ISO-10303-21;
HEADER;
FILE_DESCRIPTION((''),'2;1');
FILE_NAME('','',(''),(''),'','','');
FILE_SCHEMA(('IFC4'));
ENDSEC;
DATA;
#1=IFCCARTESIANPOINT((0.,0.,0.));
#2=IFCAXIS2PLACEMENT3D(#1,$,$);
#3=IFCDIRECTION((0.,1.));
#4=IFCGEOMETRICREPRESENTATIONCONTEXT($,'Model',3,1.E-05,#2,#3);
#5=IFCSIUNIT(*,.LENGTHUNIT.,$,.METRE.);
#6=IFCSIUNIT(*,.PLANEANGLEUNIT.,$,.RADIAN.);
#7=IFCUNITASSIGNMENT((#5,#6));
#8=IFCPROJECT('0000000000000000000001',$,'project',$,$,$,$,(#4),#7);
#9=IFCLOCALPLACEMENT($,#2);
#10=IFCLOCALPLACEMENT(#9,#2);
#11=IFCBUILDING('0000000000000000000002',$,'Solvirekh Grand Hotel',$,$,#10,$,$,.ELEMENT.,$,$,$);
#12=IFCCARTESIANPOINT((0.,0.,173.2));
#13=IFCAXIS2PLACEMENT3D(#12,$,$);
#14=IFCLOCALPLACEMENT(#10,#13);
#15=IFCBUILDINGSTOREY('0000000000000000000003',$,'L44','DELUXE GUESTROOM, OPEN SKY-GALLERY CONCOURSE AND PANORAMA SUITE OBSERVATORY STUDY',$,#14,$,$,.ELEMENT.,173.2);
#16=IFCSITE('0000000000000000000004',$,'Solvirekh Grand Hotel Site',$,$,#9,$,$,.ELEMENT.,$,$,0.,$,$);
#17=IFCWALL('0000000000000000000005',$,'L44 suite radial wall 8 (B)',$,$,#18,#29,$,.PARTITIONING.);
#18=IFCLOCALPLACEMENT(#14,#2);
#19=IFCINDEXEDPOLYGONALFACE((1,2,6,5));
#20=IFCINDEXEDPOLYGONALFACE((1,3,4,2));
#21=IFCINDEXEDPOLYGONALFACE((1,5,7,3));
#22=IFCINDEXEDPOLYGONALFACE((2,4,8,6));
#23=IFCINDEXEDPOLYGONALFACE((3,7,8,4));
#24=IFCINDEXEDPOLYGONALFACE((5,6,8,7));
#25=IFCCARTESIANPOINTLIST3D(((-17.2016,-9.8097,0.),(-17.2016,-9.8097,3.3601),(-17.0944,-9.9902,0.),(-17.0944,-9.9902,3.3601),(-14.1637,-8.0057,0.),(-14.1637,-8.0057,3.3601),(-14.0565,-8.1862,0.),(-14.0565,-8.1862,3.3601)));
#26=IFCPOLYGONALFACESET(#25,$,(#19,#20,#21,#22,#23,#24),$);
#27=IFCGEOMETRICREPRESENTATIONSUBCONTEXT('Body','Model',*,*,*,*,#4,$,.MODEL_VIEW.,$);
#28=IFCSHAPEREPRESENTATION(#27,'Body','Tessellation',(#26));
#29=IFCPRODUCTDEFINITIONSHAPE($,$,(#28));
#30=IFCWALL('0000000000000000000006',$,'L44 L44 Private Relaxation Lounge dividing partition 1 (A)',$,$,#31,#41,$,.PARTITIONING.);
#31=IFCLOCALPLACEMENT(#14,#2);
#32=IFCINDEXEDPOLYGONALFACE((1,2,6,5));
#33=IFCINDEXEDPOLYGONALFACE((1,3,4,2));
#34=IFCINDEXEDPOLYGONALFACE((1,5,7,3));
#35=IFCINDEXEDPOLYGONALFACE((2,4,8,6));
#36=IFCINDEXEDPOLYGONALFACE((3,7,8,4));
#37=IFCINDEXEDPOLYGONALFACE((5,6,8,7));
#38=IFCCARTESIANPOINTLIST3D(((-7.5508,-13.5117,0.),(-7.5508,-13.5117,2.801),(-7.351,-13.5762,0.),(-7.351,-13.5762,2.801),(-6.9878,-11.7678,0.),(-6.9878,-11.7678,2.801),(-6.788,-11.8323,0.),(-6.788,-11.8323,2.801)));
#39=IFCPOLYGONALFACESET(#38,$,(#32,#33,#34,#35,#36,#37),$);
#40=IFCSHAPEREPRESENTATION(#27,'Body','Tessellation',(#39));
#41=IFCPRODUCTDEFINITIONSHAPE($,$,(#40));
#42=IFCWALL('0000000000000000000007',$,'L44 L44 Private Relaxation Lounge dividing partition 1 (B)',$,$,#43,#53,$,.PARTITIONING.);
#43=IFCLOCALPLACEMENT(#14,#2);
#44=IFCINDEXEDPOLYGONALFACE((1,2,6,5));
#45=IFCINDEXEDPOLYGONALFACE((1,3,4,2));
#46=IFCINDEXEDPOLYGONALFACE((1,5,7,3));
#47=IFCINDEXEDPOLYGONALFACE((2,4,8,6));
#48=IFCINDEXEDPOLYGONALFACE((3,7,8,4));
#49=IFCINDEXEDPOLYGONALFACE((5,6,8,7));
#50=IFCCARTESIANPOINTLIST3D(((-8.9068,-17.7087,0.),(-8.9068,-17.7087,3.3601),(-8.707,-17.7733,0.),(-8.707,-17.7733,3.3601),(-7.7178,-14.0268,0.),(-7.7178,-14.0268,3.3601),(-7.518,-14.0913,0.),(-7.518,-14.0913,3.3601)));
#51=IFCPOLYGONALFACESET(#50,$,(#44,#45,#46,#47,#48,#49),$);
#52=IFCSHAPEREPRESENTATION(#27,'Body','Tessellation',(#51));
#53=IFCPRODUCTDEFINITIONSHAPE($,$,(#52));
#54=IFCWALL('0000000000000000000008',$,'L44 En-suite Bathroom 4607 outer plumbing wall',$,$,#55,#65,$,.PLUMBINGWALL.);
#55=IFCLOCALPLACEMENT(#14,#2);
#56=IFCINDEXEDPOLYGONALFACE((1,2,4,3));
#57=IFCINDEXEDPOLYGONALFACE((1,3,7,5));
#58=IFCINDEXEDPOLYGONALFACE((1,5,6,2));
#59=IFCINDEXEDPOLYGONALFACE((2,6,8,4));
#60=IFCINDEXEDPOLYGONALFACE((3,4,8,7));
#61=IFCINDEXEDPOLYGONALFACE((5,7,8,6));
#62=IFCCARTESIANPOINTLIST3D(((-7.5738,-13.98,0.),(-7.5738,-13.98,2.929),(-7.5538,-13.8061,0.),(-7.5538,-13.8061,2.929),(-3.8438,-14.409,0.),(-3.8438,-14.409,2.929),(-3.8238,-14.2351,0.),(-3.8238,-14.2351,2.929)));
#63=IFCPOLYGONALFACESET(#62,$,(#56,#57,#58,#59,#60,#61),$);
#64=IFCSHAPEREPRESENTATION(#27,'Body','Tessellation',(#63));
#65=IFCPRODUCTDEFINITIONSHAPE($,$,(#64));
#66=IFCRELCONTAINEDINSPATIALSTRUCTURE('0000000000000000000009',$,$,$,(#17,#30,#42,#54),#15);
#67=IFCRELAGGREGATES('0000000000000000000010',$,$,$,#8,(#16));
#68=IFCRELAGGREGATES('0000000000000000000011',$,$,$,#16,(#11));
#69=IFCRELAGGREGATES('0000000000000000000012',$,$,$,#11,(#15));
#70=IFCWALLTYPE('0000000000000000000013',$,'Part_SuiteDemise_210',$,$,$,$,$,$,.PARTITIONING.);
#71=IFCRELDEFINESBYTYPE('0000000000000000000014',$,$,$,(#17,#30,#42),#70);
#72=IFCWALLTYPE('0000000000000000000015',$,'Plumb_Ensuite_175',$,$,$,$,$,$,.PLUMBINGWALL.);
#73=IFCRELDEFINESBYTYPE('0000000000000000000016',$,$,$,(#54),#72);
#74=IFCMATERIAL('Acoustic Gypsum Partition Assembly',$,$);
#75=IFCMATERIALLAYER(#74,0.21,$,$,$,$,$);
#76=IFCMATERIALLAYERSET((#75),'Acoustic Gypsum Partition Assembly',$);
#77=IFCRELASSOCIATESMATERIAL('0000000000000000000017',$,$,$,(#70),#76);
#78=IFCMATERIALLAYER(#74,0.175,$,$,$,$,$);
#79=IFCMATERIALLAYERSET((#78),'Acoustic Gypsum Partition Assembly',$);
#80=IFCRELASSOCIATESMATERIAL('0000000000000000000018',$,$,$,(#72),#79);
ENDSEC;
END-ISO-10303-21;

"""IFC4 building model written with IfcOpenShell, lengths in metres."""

from ifc_helpers import new_model, si_unit, direction, frame, frame_2d, origin, place, context, subcontext, project, spatial, rectangle, extrude, material, layer, layer_set, type_object, element, save


model = new_model("IFC4")

# Units and contexts
model_context = context("Model", 3, precision=1e-05, world=origin(), true_north=direction((0.0, 1.0)))
body_context = subcontext(model_context, "Body", "Model", "MODEL_VIEW")
ifc_project = project(units=[si_unit("LENGTHUNIT", "METRE"), si_unit("PLANEANGLEUNIT", "RADIAN")], contexts=[model_context])

# Site, building, storey
site_placement = place(None, origin())
site = spatial("IfcSite", under=ifc_project, at=site_placement, Name="Solvirekh Grand Hotel Site", CompositionType="ELEMENT", RefElevation=0.0)
building_placement = place(site_placement, origin())
building = spatial("IfcBuilding", under=site, at=building_placement, Name="Solvirekh Grand Hotel", CompositionType="ELEMENT")
storey_placement = place(building_placement, frame((0.0, 0.0, 173.2)))
storey = spatial("IfcBuildingStorey", under=building, at=storey_placement, Name="L44", Description="DELUXE GUESTROOM, OPEN SKY-GALLERY CONCOURSE AND PANORAMA SUITE OBSERVATORY STUDY", CompositionType="ELEMENT", Elevation=173.2)

# Shared definitions
ifc_material_1 = material(Name="Acoustic Gypsum Partition Assembly")

# Walls
ifc_layer_1 = layer(ifc_material_1, 0.21)
ifc_layer_set_1 = layer_set([ifc_layer_1], Name="Acoustic Gypsum Partition Assembly")
wall_type_1 = type_object("IfcWallType", Name="Part_SuiteDemise_210", PredefinedType="PARTITIONING", material=ifc_layer_set_1)
wall_1_placement = place(storey_placement, frame((-14.1101, -8.0959, 0.0), z_axis=(0.0, 0.0, 1.0), x_axis=(-0.859825, -0.510588, 0.0)))
element("IfcWall", 1, at=wall_1_placement, inside=storey, type_object=wall_type_1, Name="L44 suite radial wall 8 (B)", PredefinedType="PARTITIONING", context=body_context, shape_type="SweptSolid", body=[
    extrude(rectangle(XDim=3.5332, YDim=0.21, at=frame_2d((1.7666, 0.0))), origin(), (0.0, 0.0, 1.0), 3.3601),
])
wall_2_placement = place(storey_placement, frame((-6.8879, -11.8, 0.0), z_axis=(0.0, 0.0, 1.0), x_axis=(-0.307221, -0.951638, 0.0)))
element("IfcWall", 2, at=wall_2_placement, inside=storey, type_object=wall_type_1, Name="L44 L44 Private Relaxation Lounge dividing partition 1 (A)", PredefinedType="PARTITIONING", context=body_context, shape_type="SweptSolid", body=[
    extrude(rectangle(XDim=1.8325, YDim=0.21, at=frame_2d((0.9163, 0.0))), origin(), (0.0, 0.0, 1.0), 2.801),
])
wall_3_placement = place(storey_placement, frame((-7.6179, -14.0591, 0.0), z_axis=(0.0, 0.0, 1.0), x_axis=(-0.307298, -0.951613, 0.0)))
element("IfcWall", 3, at=wall_3_placement, inside=storey, type_object=wall_type_1, Name="L44 L44 Private Relaxation Lounge dividing partition 1 (B)", PredefinedType="PARTITIONING", context=body_context, shape_type="SweptSolid", body=[
    extrude(rectangle(XDim=3.8691, YDim=0.21, at=frame_2d((1.9346, 0.0))), origin(), (0.0, 0.0, 1.0), 3.3601),
])
ifc_layer_2 = layer(ifc_material_1, 0.175)
ifc_layer_set_2 = layer_set([ifc_layer_2], Name="Acoustic Gypsum Partition Assembly")
wall_type_2 = type_object("IfcWallType", Name="Plumb_Ensuite_175", PredefinedType="PLUMBINGWALL", material=ifc_layer_set_2)
wall_4_placement = place(storey_placement, frame((-7.564, -13.8931, 0.0), z_axis=(0.0, 0.0, 1.0), x_axis=(0.993452, -0.114249, 0.0)))
element("IfcWall", 4, at=wall_4_placement, inside=storey, type_object=wall_type_2, Name="L44 En-suite Bathroom 4607 outer plumbing wall", PredefinedType="PLUMBINGWALL", context=body_context, shape_type="SweptSolid", body=[
    extrude(rectangle(XDim=3.7546, YDim=0.175, at=frame_2d((1.8774, 0.0))), origin(), (0.0, 0.0, 1.0), 2.929),
])

save(model, "model.ifc")
